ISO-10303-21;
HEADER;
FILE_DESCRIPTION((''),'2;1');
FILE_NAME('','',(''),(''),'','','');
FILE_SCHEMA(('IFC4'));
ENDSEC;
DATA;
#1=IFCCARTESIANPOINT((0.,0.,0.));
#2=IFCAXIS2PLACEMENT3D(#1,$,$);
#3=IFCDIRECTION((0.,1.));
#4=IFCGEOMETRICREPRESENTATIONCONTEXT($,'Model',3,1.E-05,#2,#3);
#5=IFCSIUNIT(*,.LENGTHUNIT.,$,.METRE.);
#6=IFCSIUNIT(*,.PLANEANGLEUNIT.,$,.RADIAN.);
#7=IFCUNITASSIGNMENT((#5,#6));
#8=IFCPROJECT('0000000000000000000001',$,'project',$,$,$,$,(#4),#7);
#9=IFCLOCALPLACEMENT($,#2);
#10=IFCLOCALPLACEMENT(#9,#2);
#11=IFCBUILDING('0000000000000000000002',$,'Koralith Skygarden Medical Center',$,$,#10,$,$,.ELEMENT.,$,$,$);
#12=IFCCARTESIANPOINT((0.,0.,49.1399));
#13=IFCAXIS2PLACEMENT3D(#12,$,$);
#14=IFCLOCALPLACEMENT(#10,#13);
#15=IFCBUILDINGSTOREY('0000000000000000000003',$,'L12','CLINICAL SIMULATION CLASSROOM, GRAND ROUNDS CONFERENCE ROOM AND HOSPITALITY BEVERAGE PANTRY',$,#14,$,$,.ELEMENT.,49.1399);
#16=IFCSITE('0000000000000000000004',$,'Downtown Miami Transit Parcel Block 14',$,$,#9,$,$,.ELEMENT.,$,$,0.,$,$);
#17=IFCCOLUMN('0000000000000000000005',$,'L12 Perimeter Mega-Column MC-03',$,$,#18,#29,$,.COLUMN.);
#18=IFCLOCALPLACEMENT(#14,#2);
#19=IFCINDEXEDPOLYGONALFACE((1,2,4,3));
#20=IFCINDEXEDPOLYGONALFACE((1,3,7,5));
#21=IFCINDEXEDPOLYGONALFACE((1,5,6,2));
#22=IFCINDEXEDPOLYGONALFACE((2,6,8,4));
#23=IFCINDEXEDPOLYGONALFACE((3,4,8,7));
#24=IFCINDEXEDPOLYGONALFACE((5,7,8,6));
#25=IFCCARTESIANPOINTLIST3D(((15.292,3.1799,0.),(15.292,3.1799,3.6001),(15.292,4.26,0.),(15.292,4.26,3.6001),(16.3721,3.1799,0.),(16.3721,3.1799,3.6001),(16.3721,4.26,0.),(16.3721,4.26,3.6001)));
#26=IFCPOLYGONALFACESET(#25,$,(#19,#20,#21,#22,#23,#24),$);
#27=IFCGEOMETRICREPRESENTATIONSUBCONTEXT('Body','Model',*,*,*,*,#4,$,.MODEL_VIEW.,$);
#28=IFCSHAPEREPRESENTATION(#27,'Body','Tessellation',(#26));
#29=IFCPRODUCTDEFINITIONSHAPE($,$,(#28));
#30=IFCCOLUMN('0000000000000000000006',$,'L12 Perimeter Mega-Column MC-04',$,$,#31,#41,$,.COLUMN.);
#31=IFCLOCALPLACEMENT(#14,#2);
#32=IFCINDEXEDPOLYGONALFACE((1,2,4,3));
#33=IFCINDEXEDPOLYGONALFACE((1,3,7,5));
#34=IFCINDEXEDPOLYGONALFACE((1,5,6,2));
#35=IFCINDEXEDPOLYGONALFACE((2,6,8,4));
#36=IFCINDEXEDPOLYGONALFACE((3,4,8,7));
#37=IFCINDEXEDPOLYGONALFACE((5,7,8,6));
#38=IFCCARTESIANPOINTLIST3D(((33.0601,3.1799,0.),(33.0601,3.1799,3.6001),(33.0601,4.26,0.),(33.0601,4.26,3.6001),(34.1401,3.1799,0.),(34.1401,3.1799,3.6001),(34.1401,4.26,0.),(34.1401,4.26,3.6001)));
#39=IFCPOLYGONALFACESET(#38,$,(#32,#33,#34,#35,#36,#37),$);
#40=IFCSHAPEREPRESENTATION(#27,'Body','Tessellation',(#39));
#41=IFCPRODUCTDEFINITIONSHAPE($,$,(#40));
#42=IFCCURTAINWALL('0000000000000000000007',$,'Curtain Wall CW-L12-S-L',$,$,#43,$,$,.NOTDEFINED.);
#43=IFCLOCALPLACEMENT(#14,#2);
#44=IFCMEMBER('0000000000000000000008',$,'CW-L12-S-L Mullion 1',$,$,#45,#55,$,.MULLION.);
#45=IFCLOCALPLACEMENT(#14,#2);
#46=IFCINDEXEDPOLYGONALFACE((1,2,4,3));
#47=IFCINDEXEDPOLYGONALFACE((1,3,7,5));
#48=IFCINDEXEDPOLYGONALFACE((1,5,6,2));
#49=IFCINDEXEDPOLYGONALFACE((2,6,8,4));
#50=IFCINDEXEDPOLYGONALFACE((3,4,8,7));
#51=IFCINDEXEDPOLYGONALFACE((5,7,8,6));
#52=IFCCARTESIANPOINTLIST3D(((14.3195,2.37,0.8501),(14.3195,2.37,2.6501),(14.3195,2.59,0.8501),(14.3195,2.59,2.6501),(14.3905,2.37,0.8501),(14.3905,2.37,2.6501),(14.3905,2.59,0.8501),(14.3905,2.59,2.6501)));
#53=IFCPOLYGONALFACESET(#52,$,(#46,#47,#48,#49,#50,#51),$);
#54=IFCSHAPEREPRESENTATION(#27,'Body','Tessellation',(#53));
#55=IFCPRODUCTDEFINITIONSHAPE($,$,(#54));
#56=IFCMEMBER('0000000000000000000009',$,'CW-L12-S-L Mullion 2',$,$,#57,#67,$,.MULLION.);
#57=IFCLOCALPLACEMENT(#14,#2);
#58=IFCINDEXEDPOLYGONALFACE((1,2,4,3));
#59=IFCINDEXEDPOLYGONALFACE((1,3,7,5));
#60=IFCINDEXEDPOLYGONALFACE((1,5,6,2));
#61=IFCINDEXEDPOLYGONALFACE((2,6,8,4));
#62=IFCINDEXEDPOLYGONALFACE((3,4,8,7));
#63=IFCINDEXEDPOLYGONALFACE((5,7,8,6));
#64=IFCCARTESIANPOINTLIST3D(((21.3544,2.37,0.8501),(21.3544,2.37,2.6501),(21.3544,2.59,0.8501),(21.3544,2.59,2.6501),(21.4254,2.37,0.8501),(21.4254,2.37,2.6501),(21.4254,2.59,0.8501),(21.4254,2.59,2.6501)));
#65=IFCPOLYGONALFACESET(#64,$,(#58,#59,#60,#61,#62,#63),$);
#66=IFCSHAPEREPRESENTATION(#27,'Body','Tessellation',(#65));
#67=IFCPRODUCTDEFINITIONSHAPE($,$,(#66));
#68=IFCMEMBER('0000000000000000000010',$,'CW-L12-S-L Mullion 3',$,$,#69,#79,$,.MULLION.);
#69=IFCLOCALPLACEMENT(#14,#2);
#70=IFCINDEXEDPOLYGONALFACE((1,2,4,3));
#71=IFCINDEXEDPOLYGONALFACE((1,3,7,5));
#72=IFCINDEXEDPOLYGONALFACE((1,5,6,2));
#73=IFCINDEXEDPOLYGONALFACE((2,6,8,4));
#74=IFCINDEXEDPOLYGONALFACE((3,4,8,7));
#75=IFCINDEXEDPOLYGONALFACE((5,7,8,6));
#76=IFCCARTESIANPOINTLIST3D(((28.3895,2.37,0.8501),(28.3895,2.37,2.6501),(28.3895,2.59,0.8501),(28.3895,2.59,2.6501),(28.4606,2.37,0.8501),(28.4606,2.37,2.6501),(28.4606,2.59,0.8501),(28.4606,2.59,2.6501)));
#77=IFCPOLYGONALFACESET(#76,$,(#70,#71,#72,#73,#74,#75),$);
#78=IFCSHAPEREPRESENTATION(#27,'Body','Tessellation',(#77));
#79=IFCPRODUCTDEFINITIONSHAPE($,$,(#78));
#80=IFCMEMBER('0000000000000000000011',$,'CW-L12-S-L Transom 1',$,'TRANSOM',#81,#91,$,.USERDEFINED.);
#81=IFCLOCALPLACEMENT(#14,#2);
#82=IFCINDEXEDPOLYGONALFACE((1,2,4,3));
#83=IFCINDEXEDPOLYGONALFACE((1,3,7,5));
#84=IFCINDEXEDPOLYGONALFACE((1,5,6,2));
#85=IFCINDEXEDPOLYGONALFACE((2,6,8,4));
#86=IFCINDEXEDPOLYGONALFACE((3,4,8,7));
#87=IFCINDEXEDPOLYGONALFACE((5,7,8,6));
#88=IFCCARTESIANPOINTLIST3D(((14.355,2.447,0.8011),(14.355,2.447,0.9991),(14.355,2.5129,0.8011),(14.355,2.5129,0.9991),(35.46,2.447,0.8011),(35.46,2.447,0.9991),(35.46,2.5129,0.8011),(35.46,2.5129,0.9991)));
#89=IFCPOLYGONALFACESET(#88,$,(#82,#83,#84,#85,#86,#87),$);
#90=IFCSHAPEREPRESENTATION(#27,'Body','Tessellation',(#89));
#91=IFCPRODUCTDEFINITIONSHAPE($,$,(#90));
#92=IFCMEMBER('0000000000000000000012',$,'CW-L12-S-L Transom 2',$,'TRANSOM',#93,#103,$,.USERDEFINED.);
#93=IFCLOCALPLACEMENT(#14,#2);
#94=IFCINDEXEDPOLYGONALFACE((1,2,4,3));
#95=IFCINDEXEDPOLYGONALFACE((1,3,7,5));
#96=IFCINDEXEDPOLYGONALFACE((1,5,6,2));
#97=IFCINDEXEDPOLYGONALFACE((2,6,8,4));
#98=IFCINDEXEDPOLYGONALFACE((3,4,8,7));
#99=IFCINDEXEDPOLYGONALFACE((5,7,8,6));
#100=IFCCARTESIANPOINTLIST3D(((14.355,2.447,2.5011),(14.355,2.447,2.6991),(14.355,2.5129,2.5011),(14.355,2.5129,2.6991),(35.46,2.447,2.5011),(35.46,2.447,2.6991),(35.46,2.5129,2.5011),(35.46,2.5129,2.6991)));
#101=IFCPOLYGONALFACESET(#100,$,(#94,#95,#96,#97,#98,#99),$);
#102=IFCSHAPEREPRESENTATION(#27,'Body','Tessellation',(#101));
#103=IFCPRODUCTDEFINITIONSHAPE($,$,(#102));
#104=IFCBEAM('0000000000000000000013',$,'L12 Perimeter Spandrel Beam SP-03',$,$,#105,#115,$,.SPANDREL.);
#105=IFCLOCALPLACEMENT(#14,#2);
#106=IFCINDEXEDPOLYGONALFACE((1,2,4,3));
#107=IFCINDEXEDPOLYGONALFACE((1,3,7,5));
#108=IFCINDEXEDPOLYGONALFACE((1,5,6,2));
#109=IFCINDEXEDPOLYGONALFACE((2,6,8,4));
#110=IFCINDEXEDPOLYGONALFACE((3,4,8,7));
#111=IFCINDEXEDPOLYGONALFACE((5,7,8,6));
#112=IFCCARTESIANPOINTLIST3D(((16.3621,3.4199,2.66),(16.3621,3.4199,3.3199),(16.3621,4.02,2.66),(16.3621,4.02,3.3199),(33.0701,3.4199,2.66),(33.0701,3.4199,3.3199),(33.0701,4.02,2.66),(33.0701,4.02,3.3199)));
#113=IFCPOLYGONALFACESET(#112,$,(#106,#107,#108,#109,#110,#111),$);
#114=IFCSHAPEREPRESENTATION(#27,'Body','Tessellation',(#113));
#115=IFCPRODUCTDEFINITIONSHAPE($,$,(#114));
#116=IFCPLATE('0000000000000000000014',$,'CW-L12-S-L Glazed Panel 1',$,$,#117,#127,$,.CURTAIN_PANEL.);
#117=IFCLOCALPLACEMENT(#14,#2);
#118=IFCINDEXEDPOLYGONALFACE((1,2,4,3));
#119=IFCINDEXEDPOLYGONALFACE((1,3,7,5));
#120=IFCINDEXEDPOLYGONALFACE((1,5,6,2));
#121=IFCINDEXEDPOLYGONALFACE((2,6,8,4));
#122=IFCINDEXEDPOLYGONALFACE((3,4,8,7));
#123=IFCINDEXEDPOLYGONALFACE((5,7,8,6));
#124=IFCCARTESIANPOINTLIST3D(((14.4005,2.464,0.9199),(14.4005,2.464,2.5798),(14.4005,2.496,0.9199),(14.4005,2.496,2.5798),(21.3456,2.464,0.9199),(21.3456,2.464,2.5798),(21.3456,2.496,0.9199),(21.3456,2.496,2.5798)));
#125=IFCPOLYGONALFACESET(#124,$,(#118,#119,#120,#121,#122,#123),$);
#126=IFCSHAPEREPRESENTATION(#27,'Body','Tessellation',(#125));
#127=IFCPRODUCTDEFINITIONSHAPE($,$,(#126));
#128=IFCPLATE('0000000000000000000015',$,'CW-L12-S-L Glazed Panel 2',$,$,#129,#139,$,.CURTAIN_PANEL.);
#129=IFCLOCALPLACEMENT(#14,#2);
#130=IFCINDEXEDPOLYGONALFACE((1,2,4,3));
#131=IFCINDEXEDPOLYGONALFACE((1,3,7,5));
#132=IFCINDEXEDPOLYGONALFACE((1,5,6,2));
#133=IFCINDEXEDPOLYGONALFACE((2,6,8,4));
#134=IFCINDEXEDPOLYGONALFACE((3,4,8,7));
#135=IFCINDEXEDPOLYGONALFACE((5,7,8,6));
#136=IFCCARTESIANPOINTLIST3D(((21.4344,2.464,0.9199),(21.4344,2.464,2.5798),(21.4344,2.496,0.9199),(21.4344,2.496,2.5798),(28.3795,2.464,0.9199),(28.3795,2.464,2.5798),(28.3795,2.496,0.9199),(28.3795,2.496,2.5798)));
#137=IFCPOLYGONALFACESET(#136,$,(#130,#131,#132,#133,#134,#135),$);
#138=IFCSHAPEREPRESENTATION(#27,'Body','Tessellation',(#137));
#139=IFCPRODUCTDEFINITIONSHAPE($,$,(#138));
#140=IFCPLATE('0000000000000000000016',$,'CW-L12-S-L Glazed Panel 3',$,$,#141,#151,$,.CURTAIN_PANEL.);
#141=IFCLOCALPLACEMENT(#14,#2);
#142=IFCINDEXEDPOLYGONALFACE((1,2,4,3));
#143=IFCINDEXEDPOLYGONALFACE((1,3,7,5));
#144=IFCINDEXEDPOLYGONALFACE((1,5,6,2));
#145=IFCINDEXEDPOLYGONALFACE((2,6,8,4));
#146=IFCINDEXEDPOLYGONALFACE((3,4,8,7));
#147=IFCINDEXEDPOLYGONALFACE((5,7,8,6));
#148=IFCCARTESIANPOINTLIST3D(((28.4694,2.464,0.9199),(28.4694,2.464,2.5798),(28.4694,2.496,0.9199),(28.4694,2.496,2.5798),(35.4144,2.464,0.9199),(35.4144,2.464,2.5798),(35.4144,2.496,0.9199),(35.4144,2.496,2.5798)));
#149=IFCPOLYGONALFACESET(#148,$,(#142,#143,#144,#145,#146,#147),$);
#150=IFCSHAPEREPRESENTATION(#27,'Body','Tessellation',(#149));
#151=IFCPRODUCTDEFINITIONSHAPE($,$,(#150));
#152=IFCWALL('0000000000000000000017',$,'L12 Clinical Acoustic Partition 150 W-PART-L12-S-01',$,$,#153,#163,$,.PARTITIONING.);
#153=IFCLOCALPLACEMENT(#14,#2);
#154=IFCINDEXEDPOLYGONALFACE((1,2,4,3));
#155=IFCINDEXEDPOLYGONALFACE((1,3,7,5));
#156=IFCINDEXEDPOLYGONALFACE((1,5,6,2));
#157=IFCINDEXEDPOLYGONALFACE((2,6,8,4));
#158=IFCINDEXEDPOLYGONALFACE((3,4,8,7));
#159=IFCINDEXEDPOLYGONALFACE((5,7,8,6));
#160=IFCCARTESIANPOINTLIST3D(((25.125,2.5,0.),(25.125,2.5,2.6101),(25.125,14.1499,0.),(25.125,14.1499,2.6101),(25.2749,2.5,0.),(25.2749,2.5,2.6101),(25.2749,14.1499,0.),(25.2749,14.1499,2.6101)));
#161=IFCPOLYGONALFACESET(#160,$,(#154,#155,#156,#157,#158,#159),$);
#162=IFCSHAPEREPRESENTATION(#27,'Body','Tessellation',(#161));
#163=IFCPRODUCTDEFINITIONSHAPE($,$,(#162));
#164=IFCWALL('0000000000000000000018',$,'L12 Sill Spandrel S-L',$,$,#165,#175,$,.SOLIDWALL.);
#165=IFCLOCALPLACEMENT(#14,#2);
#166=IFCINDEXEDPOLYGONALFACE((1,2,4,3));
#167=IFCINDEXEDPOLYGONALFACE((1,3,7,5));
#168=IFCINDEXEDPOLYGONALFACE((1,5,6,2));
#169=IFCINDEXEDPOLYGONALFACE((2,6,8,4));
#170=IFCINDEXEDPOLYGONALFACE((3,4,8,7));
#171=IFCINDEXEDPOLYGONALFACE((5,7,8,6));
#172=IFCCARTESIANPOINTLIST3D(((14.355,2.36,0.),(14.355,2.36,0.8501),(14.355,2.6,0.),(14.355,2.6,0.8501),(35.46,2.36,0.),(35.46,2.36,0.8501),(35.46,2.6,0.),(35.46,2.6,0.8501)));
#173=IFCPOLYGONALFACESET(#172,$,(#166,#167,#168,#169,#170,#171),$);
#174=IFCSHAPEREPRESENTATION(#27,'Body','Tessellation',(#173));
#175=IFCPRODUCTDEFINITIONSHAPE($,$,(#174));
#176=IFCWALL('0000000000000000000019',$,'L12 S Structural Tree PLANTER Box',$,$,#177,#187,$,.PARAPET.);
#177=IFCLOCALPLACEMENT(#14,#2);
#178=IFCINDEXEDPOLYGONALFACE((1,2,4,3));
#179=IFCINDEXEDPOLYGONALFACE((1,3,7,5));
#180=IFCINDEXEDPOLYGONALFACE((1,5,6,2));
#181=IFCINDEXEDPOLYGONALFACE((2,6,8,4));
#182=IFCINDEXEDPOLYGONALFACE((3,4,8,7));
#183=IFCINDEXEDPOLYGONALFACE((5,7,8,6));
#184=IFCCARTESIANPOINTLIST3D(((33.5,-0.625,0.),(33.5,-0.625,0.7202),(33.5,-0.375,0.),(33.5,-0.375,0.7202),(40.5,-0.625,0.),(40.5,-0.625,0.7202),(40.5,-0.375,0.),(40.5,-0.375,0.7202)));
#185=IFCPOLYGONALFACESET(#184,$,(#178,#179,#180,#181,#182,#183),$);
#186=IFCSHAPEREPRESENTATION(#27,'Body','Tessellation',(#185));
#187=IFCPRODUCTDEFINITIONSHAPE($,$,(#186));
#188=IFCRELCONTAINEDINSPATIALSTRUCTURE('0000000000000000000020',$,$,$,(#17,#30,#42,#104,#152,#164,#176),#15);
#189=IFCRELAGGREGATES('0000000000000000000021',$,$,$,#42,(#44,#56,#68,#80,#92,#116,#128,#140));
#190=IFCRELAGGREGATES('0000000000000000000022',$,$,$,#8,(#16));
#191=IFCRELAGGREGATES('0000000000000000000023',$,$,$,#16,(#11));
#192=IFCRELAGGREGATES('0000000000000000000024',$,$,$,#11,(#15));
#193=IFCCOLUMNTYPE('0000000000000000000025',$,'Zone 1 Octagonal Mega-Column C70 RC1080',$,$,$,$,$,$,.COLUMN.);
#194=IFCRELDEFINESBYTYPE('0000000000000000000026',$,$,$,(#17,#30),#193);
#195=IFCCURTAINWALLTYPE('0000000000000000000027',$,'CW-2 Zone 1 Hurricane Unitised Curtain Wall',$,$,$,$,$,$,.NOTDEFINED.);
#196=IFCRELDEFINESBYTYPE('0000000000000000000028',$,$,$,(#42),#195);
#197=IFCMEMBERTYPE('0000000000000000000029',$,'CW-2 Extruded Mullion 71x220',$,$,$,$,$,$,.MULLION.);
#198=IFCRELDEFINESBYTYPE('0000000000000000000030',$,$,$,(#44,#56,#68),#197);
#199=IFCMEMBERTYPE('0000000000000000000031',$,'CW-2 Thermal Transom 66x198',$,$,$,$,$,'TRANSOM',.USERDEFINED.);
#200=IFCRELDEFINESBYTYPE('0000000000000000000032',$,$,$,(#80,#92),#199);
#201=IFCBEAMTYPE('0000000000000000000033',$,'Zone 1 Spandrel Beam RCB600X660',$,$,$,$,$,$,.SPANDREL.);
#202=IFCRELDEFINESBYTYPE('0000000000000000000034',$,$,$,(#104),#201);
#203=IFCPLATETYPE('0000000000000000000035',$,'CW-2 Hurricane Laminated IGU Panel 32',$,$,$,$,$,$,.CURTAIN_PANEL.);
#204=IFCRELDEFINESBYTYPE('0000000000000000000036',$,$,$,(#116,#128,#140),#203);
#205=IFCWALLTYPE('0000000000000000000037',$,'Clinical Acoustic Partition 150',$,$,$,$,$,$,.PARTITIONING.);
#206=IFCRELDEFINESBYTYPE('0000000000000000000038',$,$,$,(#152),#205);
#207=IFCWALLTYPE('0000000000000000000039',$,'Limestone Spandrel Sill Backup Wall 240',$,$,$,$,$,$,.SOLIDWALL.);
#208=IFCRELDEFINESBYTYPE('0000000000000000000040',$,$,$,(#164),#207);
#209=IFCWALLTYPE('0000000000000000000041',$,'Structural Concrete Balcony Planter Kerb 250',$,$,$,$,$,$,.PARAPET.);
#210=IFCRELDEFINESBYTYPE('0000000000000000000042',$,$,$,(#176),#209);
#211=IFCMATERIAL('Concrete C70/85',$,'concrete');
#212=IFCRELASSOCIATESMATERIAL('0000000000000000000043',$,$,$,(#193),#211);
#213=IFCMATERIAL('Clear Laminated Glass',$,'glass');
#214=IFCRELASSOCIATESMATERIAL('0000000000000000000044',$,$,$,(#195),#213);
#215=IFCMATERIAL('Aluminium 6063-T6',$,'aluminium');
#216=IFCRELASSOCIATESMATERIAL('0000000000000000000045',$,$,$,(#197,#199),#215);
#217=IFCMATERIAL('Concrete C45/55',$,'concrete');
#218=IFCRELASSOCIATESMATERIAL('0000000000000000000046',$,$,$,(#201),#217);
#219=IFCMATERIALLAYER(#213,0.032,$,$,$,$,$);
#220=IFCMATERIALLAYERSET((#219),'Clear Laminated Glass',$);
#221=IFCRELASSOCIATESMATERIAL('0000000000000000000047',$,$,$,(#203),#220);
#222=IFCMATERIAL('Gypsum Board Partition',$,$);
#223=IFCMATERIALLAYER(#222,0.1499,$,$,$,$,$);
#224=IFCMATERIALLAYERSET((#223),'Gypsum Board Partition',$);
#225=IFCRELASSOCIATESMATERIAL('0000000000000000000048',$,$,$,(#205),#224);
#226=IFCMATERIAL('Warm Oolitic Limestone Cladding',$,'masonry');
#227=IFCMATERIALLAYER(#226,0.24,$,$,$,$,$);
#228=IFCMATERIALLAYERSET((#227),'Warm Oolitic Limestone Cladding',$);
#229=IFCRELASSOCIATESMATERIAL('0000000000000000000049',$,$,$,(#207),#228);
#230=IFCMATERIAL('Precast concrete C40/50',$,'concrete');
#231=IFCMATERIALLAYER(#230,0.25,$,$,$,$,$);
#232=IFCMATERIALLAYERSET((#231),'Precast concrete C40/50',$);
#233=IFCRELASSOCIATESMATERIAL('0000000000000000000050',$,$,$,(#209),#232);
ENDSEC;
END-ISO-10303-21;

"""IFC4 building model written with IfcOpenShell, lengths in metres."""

from ifc_helpers import new_model, si_unit, direction, frame, frame_2d, origin, origin_2d, place, context, subcontext, project, spatial, rectangle, extrude, material, layer, layer_set, material_profile, profile_set, type_object, element, aggregate, save


model = new_model("IFC4")

# Units and contexts
model_context = context("Model", 3, precision=1e-05, world=origin(), true_north=direction((0.0, 1.0)))
body_context = subcontext(model_context, "Body", "Model", "MODEL_VIEW")
ifc_project = project(units=[si_unit("LENGTHUNIT", "METRE"), si_unit("PLANEANGLEUNIT", "RADIAN")], contexts=[model_context])

# Site, building, storey
site_placement = place(None, origin())
site = spatial("IfcSite", under=ifc_project, at=site_placement, Name="Downtown Miami Transit Parcel Block 14", CompositionType="ELEMENT", RefElevation=0.0)
building_placement = place(site_placement, origin())
building = spatial("IfcBuilding", under=site, at=building_placement, Name="Koralith Skygarden Medical Center", CompositionType="ELEMENT")
storey_placement = place(building_placement, frame((0.0, 0.0, 49.1399)))
storey = spatial("IfcBuildingStorey", under=building, at=storey_placement, Name="L12", Description="CLINICAL SIMULATION CLASSROOM, GRAND ROUNDS CONFERENCE ROOM AND HOSPITALITY BEVERAGE PANTRY", CompositionType="ELEMENT", Elevation=49.1399)

# Columns
ifc_material_1 = material(Name="Concrete C70/85", Category="concrete")
ifc_material_profile_1 = material_profile(ifc_material_1, rectangle(XDim=1.0801, YDim=1.0801, at=origin_2d()), Name="RC1080X1080")
ifc_profile_set_1 = profile_set([ifc_material_profile_1], Name="Concrete C70/85")
column_type = type_object("IfcColumnType", Name="Zone 1 Octagonal Mega-Column C70 RC1080", PredefinedType="COLUMN", material=ifc_profile_set_1)
for number, where, z_axis, x_axis, name in (
    (1, (15.832, 3.72, 0.0), (0.0, 0.0, 1.0), (1.0, 0.0, 0.0), "L12 Perimeter Mega-Column MC-03"),
    (2, (33.6001, 3.72, 0.0), (0.0, 0.0, 1.0), (1.0, 0.0, 0.0), "L12 Perimeter Mega-Column MC-04"),
):
    element("IfcColumn", number, at=place(storey_placement, frame(where, z_axis=z_axis, x_axis=x_axis)), inside=storey, type_object=column_type, Name=name, PredefinedType="COLUMN", context=body_context, shape_type="SweptSolid", body=[
        extrude(rectangle(XDim=1.0801, YDim=1.0801, at=origin_2d()), origin(), (0.0, 0.0, 1.0), 3.6001),
    ])

# Curtain wall, members
ifc_material_2 = material(Name="Clear Laminated Glass", Category="glass")
curtain_wall_type = type_object("IfcCurtainWallType", Name="CW-2 Zone 1 Hurricane Unitised Curtain Wall", PredefinedType="NOTDEFINED", material=ifc_material_2)
curtain_wall_placement = place(storey_placement, origin())
curtain_wall = element("IfcCurtainWall", 3, at=curtain_wall_placement, inside=storey, type_object=curtain_wall_type, Name="Curtain Wall CW-L12-S-L", PredefinedType="NOTDEFINED")
ifc_material_3 = material(Name="Aluminium 6063-T6", Category="aluminium")
ifc_material_profile_2 = material_profile(ifc_material_3, rectangle(XDim=0.071, YDim=0.22, at=origin_2d()), Name="MUL71X220")
ifc_profile_set_2 = profile_set([ifc_material_profile_2], Name="Aluminium 6063-T6")
member_type_1 = type_object("IfcMemberType", Name="CW-2 Extruded Mullion 71x220", PredefinedType="MULLION", material=ifc_profile_set_2)
member_1_placement = place(storey_placement, frame((14.355, 2.48, 0.8501), z_axis=(0.0, 0.0, 1.0), x_axis=(1.0, 0.0, 0.0)))
member_1 = element("IfcMember", 4, at=member_1_placement, type_object=member_type_1, Name="CW-L12-S-L Mullion 1", PredefinedType="MULLION", context=body_context, shape_type="SweptSolid", body=[
    extrude(rectangle(XDim=0.071, YDim=0.22, at=origin_2d()), origin(), (0.0, 0.0, 1.0), 1.8),
])
member_2_placement = place(storey_placement, frame((21.3899, 2.48, 0.8501), z_axis=(0.0, 0.0, 1.0), x_axis=(1.0, 0.0, 0.0)))
member_2 = element("IfcMember", 5, at=member_2_placement, type_object=member_type_1, Name="CW-L12-S-L Mullion 2", PredefinedType="MULLION", context=body_context, shape_type="SweptSolid", body=[
    extrude(rectangle(XDim=0.071, YDim=0.22, at=origin_2d()), origin(), (0.0, 0.0, 1.0), 1.8),
])
member_3_placement = place(storey_placement, frame((28.425, 2.48, 0.8501), z_axis=(0.0, 0.0, 1.0), x_axis=(1.0, 0.0, 0.0)))
member_3 = element("IfcMember", 6, at=member_3_placement, type_object=member_type_1, Name="CW-L12-S-L Mullion 3", PredefinedType="MULLION", context=body_context, shape_type="SweptSolid", body=[
    extrude(rectangle(XDim=0.071, YDim=0.22, at=origin_2d()), origin(), (0.0, 0.0, 1.0), 1.8),
])
ifc_material_profile_3 = material_profile(ifc_material_3, rectangle(XDim=0.0659, YDim=0.198, at=origin_2d()), Name="TRN66X198")
ifc_profile_set_3 = profile_set([ifc_material_profile_3], Name="Aluminium 6063-T6")
member_type_2 = type_object("IfcMemberType", Name="CW-2 Thermal Transom 66x198", ElementType="TRANSOM", PredefinedType="USERDEFINED", material=ifc_profile_set_3)
member_4_placement = place(storey_placement, frame((14.355, 2.48, 0.9001), z_axis=(1.0, 0.0, 0.0), x_axis=(0.0, 1.0, 0.0)))
member_4 = element("IfcMember", 7, at=member_4_placement, type_object=member_type_2, Name="CW-L12-S-L Transom 1", ObjectType="TRANSOM", PredefinedType="USERDEFINED", context=body_context, shape_type="SweptSolid", body=[
    extrude(rectangle(XDim=0.0659, YDim=0.198, at=origin_2d()), origin(), (0.0, 0.0, 1.0), 21.105),
])
member_5_placement = place(storey_placement, frame((14.355, 2.48, 2.6001), z_axis=(1.0, 0.0, 0.0), x_axis=(0.0, 1.0, 0.0)))
member_5 = element("IfcMember", 8, at=member_5_placement, type_object=member_type_2, Name="CW-L12-S-L Transom 2", ObjectType="TRANSOM", PredefinedType="USERDEFINED", context=body_context, shape_type="SweptSolid", body=[
    extrude(rectangle(XDim=0.0659, YDim=0.198, at=origin_2d()), origin(), (0.0, 0.0, 1.0), 21.105),
])

# Beam
ifc_material_4 = material(Name="Concrete C45/55", Category="concrete")
ifc_material_profile_4 = material_profile(ifc_material_4, rectangle(XDim=0.6001, YDim=0.6599, at=origin_2d()), Name="RCB600X660")
ifc_profile_set_4 = profile_set([ifc_material_profile_4], Name="Concrete C45/55")
beam_type = type_object("IfcBeamType", Name="Zone 1 Spandrel Beam RCB600X660", PredefinedType="SPANDREL", material=ifc_profile_set_4)
beam_placement = place(storey_placement, frame((16.3621, 3.72, 2.99), z_axis=(1.0, 0.0, 0.0), x_axis=(0.0, 1.0, 0.0)))
element("IfcBeam", 9, at=beam_placement, inside=storey, type_object=beam_type, Name="L12 Perimeter Spandrel Beam SP-03", PredefinedType="SPANDREL", context=body_context, shape_type="SweptSolid", body=[
    extrude(rectangle(XDim=0.6001, YDim=0.6599, at=origin_2d()), origin(), (0.0, 0.0, 1.0), 16.708),
])

# Plates
ifc_layer_1 = layer(ifc_material_2, 0.032)
ifc_layer_set_1 = layer_set([ifc_layer_1], Name="Clear Laminated Glass")
plate_type = type_object("IfcPlateType", Name="CW-2 Hurricane Laminated IGU Panel 32", PredefinedType="CURTAIN_PANEL", material=ifc_layer_set_1)
plate_1_placement = place(storey_placement, frame((17.873, 2.48, 0.9199), z_axis=(0.0, 0.0, 1.0), x_axis=(1.0, 0.0, 0.0)))
plate_1 = element("IfcPlate", 10, at=plate_1_placement, type_object=plate_type, Name="CW-L12-S-L Glazed Panel 1", PredefinedType="CURTAIN_PANEL", context=body_context, shape_type="SweptSolid", body=[
    extrude(rectangle(XDim=6.9451, YDim=0.032, at=origin_2d()), origin(), (0.0, 0.0, 1.0), 1.6599),
])
plate_2_placement = place(storey_placement, frame((24.907, 2.48, 0.9199), z_axis=(0.0, 0.0, 1.0), x_axis=(1.0, 0.0, 0.0)))
plate_2 = element("IfcPlate", 11, at=plate_2_placement, type_object=plate_type, Name="CW-L12-S-L Glazed Panel 2", PredefinedType="CURTAIN_PANEL", context=body_context, shape_type="SweptSolid", body=[
    extrude(rectangle(XDim=6.9451, YDim=0.032, at=origin_2d()), origin(), (0.0, 0.0, 1.0), 1.6599),
])
plate_3_placement = place(storey_placement, frame((31.9419, 2.48, 0.9199), z_axis=(0.0, 0.0, 1.0), x_axis=(1.0, 0.0, 0.0)))
plate_3 = element("IfcPlate", 12, at=plate_3_placement, type_object=plate_type, Name="CW-L12-S-L Glazed Panel 3", PredefinedType="CURTAIN_PANEL", context=body_context, shape_type="SweptSolid", body=[
    extrude(rectangle(XDim=6.9451, YDim=0.032, at=origin_2d()), origin(), (0.0, 0.0, 1.0), 1.6599),
])
aggregate(curtain_wall, [member_1, member_2, member_3, member_4, member_5, plate_1, plate_2, plate_3])

# Wall
ifc_material_5 = material(Name="Gypsum Board Partition")
ifc_layer_2 = layer(ifc_material_5, 0.1499)
ifc_layer_set_2 = layer_set([ifc_layer_2], Name="Gypsum Board Partition")
wall_type_1 = type_object("IfcWallType", Name="Clinical Acoustic Partition 150", PredefinedType="PARTITIONING", material=ifc_layer_set_2)
wall_1_placement = place(storey_placement, frame((25.2, 14.1499, 0.0), z_axis=(0.0, 0.0, 1.0), x_axis=(0.0, -1.0, 0.0)))
element("IfcWall", 13, at=wall_1_placement, inside=storey, type_object=wall_type_1, Name="L12 Clinical Acoustic Partition 150 W-PART-L12-S-01", PredefinedType="PARTITIONING", context=body_context, shape_type="SweptSolid", body=[
    extrude(rectangle(XDim=11.6499, YDim=0.1499, at=frame_2d((5.825, 0.0))), origin(), (0.0, 0.0, 1.0), 2.6101),
])

# Walls
ifc_material_6 = material(Name="Warm Oolitic Limestone Cladding", Category="masonry")
ifc_layer_3 = layer(ifc_material_6, 0.24)
ifc_layer_set_3 = layer_set([ifc_layer_3], Name="Warm Oolitic Limestone Cladding")
wall_type_2 = type_object("IfcWallType", Name="Limestone Spandrel Sill Backup Wall 240", PredefinedType="SOLIDWALL", material=ifc_layer_set_3)
wall_2_placement = place(storey_placement, frame((14.355, 2.48, 0.0), z_axis=(0.0, 0.0, 1.0), x_axis=(1.0, 0.0, 0.0)))
element("IfcWall", 14, at=wall_2_placement, inside=storey, type_object=wall_type_2, Name="L12 Sill Spandrel S-L", PredefinedType="SOLIDWALL", context=body_context, shape_type="SweptSolid", body=[
    extrude(rectangle(XDim=21.105, YDim=0.24, at=frame_2d((10.5525, 0.0))), origin(), (0.0, 0.0, 1.0), 0.8501),
])
ifc_material_7 = material(Name="Precast concrete C40/50", Category="concrete")
ifc_layer_4 = layer(ifc_material_7, 0.25)
ifc_layer_set_4 = layer_set([ifc_layer_4], Name="Precast concrete C40/50")
wall_type_3 = type_object("IfcWallType", Name="Structural Concrete Balcony Planter Kerb 250", PredefinedType="PARAPET", material=ifc_layer_set_4)
wall_3_placement = place(storey_placement, frame((33.5, -0.5, 0.0), z_axis=(0.0, 0.0, 1.0), x_axis=(1.0, 0.0, 0.0)))
element("IfcWall", 15, at=wall_3_placement, inside=storey, type_object=wall_type_3, Name="L12 S Structural Tree PLANTER Box", PredefinedType="PARAPET", context=body_context, shape_type="SweptSolid", body=[
    extrude(rectangle(XDim=7.0, YDim=0.25, at=frame_2d((3.5, 0.0))), origin(), (0.0, 0.0, 1.0), 0.7202),
])

save(model, "model.ifc")
